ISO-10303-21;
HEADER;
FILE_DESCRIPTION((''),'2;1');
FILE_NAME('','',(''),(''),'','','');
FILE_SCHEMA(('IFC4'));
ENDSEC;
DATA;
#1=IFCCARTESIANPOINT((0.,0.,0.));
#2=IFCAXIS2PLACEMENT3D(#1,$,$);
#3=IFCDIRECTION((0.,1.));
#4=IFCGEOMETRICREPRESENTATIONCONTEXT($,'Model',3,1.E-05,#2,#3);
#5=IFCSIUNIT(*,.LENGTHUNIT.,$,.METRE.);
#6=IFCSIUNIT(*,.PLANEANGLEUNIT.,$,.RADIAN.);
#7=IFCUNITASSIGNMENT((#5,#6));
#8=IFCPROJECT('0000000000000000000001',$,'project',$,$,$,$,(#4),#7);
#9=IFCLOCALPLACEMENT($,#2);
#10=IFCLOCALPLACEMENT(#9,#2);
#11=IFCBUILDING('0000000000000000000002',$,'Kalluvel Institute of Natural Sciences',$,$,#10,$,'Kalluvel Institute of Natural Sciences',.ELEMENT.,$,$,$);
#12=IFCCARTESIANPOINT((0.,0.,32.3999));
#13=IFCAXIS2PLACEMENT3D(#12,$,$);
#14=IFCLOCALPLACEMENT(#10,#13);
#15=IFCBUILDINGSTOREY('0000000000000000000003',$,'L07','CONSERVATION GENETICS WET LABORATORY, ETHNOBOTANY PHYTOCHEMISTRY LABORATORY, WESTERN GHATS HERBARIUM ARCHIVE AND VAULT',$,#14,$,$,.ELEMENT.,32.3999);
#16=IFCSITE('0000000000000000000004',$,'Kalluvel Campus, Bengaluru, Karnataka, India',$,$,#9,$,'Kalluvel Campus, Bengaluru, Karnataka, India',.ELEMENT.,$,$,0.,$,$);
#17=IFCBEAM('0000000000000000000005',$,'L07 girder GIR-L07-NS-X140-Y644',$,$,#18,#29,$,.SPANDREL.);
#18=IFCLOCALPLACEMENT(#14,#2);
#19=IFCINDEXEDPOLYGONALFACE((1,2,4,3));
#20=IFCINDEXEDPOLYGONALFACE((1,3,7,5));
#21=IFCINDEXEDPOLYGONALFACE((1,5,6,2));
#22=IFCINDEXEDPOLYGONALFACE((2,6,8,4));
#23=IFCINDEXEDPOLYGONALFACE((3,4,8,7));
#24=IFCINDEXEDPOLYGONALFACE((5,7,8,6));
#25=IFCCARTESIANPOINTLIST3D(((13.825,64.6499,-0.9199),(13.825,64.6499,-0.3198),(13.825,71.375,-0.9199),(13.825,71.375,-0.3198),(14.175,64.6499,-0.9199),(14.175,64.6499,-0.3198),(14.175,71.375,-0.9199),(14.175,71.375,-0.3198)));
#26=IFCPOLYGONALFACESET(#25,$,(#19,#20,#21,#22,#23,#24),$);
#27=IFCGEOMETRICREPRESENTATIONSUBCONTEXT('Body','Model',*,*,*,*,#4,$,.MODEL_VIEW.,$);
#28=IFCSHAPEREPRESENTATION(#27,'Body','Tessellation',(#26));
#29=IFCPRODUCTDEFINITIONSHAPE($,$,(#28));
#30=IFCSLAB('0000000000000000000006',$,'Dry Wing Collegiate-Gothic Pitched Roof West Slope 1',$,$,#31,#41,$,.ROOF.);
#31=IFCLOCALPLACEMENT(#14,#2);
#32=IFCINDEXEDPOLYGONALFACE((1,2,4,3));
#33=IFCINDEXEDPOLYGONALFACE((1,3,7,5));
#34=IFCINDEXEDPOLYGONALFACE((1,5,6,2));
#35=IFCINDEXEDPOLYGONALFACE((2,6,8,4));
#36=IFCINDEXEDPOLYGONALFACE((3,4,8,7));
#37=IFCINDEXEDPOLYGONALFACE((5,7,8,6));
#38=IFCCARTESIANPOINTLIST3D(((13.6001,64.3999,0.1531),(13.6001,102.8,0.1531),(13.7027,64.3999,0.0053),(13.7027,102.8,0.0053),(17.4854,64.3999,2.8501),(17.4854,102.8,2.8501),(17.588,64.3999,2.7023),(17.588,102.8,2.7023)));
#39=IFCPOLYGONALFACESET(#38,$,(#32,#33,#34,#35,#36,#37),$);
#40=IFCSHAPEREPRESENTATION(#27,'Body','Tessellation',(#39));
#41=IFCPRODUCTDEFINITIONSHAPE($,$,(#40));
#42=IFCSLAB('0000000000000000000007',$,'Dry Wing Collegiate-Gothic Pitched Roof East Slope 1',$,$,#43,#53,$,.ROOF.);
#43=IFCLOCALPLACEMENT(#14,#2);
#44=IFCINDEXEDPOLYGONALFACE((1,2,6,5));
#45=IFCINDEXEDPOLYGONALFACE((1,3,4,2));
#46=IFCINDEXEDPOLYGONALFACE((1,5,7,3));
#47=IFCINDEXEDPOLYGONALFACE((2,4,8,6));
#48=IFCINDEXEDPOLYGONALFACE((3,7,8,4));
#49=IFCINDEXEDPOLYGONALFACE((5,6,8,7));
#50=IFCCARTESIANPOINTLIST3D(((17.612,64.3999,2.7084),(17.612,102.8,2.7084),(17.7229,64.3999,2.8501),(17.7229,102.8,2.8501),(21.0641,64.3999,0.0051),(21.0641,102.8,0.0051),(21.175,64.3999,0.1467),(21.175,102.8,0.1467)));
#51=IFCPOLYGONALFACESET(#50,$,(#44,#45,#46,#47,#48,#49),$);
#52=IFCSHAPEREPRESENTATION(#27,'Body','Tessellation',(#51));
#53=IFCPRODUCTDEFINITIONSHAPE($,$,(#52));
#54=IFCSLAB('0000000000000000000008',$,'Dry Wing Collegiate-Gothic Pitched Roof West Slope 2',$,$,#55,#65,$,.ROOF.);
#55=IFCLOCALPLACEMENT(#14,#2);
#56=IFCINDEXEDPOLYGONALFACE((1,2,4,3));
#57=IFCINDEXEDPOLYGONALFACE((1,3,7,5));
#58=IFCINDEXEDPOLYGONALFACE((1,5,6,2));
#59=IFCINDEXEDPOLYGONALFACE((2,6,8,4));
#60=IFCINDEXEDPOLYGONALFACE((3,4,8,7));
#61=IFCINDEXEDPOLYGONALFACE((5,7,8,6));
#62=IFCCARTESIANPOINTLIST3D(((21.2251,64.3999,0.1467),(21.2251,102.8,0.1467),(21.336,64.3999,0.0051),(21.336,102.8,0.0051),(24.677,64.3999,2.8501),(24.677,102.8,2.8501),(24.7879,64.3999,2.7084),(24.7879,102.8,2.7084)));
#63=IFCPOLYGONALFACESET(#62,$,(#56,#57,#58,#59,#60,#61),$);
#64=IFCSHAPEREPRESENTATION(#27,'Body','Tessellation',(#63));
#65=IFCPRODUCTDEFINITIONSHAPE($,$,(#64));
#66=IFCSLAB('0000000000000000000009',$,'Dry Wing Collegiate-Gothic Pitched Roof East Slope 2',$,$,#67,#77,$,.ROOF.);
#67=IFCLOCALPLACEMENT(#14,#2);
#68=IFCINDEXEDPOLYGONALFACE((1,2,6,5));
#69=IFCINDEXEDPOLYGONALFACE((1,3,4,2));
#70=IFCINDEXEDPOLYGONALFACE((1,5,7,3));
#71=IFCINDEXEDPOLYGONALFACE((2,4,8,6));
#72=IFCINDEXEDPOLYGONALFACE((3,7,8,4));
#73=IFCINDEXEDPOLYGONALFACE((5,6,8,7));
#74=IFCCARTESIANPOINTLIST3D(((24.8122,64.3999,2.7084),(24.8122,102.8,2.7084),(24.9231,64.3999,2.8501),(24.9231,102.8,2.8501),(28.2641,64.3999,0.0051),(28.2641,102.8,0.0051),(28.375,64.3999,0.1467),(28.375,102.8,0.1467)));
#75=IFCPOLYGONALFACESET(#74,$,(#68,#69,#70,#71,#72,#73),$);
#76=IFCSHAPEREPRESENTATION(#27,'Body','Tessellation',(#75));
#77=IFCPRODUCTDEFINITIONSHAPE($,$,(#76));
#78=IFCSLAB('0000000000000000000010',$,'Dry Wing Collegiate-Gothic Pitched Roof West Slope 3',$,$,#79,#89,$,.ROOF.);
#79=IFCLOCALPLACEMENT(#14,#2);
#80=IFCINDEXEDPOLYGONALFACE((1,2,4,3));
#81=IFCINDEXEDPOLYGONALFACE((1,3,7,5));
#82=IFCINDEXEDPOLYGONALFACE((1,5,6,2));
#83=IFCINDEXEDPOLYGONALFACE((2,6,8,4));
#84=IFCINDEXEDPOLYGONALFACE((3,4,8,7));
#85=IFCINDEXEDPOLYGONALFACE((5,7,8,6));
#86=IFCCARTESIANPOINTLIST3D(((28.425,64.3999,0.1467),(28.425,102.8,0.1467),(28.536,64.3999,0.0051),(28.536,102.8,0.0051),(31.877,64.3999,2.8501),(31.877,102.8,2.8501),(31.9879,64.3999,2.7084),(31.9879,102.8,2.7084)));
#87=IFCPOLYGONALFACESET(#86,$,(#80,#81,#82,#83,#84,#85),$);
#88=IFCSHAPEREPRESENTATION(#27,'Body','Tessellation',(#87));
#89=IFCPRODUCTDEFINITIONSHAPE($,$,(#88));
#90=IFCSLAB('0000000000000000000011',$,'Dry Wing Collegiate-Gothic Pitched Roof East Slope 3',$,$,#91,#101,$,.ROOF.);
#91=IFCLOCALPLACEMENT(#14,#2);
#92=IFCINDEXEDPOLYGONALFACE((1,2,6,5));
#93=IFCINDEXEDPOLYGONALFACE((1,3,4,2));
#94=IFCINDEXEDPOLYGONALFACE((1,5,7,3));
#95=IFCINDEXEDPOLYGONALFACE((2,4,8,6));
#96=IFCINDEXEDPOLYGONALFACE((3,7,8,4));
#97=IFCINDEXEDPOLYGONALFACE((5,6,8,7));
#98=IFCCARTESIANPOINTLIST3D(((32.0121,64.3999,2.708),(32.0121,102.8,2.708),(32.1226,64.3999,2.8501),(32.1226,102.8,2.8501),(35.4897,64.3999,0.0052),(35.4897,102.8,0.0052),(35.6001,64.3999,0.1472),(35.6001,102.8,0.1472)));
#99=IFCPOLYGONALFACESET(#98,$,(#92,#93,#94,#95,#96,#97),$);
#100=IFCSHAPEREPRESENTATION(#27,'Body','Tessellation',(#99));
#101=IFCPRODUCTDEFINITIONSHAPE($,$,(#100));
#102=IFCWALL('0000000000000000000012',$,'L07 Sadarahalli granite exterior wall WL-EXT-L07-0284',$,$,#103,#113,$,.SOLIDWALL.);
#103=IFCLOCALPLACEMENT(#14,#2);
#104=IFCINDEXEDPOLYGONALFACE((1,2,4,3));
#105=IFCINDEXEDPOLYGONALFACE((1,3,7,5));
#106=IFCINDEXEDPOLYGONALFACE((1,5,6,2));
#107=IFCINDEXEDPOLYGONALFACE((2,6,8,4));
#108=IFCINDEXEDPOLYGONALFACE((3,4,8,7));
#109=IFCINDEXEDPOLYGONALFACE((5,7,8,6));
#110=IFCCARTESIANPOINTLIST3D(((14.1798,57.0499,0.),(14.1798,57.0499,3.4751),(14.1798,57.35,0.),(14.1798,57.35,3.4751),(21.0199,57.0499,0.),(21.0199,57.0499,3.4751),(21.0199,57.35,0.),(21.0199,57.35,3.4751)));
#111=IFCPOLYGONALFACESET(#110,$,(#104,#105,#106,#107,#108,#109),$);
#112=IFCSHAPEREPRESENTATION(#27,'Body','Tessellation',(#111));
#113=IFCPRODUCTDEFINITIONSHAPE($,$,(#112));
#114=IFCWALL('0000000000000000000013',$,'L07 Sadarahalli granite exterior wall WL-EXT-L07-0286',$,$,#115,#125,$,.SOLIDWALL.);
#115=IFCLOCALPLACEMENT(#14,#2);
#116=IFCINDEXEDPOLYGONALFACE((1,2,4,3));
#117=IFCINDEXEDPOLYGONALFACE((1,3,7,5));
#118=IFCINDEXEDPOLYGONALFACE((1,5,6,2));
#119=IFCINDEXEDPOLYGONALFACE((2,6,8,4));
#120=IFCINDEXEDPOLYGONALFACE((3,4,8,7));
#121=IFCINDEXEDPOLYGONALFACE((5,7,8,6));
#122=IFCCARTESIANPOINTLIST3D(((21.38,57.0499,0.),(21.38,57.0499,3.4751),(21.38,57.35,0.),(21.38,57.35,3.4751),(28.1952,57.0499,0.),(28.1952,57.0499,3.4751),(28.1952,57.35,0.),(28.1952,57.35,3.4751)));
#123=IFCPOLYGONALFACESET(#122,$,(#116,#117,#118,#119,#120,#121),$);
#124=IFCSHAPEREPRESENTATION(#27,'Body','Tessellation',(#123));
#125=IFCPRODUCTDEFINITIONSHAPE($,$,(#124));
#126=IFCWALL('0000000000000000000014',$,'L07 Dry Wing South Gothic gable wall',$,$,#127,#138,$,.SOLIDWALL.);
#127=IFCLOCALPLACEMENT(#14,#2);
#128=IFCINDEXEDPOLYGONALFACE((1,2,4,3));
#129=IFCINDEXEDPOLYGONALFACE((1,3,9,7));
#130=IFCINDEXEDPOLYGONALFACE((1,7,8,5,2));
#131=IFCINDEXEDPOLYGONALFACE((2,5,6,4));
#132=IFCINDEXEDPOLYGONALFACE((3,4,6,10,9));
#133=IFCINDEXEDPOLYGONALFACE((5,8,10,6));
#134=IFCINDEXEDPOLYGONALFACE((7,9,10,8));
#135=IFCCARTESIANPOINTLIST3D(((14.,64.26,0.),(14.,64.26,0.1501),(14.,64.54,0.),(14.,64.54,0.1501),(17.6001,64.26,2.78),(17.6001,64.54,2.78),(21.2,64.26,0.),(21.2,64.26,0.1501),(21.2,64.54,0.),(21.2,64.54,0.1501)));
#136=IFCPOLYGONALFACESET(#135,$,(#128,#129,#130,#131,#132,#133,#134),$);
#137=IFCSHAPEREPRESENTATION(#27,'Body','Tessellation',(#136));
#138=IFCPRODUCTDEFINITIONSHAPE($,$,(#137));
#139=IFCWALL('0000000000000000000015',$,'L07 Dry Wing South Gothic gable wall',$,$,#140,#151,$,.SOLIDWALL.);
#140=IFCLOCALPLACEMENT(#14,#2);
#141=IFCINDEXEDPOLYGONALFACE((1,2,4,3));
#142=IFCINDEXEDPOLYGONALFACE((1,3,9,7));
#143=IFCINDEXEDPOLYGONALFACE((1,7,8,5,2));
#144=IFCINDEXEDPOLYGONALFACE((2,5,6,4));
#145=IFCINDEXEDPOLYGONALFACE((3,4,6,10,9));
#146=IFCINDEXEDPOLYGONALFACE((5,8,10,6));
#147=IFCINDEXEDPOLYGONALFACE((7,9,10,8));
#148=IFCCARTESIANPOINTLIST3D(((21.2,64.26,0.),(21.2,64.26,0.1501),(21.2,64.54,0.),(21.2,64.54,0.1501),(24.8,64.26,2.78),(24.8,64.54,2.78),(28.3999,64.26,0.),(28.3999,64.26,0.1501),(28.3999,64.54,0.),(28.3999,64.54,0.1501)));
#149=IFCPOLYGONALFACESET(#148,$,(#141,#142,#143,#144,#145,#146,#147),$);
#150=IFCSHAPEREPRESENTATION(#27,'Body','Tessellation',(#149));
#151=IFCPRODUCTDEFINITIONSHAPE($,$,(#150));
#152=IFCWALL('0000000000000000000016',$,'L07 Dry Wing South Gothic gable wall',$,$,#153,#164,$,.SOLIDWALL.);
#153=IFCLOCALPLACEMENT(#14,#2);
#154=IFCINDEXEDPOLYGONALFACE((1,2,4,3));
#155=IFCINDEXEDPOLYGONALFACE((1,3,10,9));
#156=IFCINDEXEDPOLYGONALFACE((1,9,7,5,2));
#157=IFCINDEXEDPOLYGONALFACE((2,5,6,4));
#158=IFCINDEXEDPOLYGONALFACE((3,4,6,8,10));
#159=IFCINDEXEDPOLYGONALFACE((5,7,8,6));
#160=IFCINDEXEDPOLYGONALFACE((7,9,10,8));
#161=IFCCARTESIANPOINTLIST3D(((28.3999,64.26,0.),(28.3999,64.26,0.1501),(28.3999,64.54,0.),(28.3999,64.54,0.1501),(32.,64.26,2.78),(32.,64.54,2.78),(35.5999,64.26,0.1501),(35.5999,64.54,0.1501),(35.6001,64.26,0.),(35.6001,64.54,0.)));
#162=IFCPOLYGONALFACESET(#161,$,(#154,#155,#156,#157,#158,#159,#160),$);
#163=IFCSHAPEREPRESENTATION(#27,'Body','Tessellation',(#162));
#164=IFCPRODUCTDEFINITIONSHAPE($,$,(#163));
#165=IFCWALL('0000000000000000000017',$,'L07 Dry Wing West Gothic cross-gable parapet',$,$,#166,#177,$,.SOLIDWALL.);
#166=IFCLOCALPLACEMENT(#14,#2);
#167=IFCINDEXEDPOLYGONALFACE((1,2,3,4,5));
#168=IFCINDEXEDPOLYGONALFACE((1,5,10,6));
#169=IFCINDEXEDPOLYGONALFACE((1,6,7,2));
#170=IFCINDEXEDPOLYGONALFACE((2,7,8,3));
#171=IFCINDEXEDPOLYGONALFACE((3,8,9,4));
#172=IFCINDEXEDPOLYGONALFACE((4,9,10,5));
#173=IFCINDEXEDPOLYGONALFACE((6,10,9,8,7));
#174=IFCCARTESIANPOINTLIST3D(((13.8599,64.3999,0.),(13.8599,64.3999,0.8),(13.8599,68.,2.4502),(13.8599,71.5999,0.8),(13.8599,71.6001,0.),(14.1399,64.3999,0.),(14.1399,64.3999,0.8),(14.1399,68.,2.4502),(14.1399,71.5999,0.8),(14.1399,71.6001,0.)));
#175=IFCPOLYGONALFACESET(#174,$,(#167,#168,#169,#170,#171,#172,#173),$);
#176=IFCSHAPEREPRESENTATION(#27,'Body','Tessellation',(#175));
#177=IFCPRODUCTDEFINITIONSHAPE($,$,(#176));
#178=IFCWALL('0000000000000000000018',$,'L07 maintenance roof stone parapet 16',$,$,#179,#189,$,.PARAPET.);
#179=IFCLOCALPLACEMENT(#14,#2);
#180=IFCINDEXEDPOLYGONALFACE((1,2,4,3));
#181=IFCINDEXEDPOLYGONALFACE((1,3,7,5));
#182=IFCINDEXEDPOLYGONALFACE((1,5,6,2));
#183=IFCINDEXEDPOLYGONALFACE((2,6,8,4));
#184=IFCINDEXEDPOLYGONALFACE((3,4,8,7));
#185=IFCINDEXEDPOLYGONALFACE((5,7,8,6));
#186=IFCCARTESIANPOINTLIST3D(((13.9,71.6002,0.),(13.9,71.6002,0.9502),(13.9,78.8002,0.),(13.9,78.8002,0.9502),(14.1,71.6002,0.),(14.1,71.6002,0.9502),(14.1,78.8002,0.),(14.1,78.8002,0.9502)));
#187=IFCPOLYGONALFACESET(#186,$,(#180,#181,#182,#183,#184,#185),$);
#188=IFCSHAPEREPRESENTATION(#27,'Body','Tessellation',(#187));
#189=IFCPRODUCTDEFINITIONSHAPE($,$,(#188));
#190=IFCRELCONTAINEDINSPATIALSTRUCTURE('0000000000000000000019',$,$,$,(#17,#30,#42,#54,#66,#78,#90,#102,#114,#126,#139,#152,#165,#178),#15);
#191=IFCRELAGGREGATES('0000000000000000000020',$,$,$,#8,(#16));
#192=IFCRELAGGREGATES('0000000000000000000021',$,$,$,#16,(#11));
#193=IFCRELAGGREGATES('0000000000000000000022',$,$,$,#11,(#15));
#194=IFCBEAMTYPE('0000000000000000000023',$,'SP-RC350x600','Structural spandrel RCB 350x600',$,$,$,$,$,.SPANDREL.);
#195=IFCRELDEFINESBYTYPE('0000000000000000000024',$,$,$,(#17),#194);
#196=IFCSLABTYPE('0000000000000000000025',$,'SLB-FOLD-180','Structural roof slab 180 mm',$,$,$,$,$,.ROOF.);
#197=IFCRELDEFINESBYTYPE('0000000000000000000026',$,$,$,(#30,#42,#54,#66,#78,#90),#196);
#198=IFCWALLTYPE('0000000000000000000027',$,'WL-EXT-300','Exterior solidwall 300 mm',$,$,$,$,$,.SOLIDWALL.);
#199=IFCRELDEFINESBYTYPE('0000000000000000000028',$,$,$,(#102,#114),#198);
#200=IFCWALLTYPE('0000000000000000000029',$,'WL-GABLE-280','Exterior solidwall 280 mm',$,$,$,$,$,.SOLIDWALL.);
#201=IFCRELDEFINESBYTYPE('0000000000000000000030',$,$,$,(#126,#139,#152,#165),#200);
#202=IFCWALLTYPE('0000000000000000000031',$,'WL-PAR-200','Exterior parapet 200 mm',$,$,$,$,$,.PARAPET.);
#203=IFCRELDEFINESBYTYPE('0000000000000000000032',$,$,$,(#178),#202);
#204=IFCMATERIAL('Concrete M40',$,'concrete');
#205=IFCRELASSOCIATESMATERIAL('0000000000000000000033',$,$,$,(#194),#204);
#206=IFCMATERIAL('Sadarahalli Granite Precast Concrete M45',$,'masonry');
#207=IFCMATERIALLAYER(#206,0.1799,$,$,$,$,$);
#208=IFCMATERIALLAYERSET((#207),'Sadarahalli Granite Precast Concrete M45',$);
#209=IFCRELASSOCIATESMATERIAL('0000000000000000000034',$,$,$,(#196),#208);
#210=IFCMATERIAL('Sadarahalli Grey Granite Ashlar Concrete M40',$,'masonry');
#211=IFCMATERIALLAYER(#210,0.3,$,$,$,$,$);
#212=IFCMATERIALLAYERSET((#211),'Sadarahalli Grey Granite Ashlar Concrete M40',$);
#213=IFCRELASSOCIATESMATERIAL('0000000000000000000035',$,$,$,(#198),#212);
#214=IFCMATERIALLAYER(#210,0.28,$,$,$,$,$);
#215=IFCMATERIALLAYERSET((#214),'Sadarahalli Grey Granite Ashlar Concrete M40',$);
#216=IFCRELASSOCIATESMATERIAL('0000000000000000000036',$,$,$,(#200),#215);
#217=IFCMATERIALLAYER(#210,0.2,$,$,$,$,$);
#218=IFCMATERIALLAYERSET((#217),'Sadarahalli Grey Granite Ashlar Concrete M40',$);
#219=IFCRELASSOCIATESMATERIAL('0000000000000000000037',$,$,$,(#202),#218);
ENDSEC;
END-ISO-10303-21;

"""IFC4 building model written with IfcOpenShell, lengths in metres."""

from ifc_helpers import new_model, si_unit, direction, frame, frame_2d, origin, origin_2d, place, context, subcontext, project, spatial, polyline, rectangle, outline, extrude, material, layer, layer_set, material_profile, profile_set, type_object, element, save


model = new_model("IFC4")

# Units and contexts
model_context = context("Model", 3, precision=1e-05, world=origin(), true_north=direction((0.0, 1.0)))
body_context = subcontext(model_context, "Body", "Model", "MODEL_VIEW")
ifc_project = project(units=[si_unit("LENGTHUNIT", "METRE"), si_unit("PLANEANGLEUNIT", "RADIAN")], contexts=[model_context])

# Site, building, storey
site_placement = place(None, origin())
site = spatial("IfcSite", under=ifc_project, at=site_placement, Name="Kalluvel Campus, Bengaluru, Karnataka, India", LongName="Kalluvel Campus, Bengaluru, Karnataka, India", CompositionType="ELEMENT", RefElevation=0.0)
building_placement = place(site_placement, origin())
building = spatial("IfcBuilding", under=site, at=building_placement, Name="Kalluvel Institute of Natural Sciences", LongName="Kalluvel Institute of Natural Sciences", CompositionType="ELEMENT")
storey_placement = place(building_placement, frame((0.0, 0.0, 32.3999)))
storey = spatial("IfcBuildingStorey", under=building, at=storey_placement, Name="L07", Description="CONSERVATION GENETICS WET LABORATORY, ETHNOBOTANY PHYTOCHEMISTRY LABORATORY, WESTERN GHATS HERBARIUM ARCHIVE AND VAULT", CompositionType="ELEMENT", Elevation=32.3999)

# Shared definitions
ifc_material_1 = material(Name="Concrete M40", Category="concrete")

# Beam
ifc_material_profile_1 = material_profile(ifc_material_1, rectangle(XDim=0.3501, YDim=0.6001, at=origin_2d()), Name="RCB 350x600")
ifc_profile_set_1 = profile_set([ifc_material_profile_1], Name="Concrete M40")
beam_type_1 = type_object("IfcBeamType", Name="SP-RC350x600", Description="Structural spandrel RCB 350x600", PredefinedType="SPANDREL", material=ifc_profile_set_1)
beam_1_placement = place(storey_placement, frame((14.0, 64.6499, -0.6199), z_axis=(0.0, 1.0, 0.0), x_axis=(-1.0, 0.0, 0.0)))
element("IfcBeam", 1, at=beam_1_placement, inside=storey, type_object=beam_type_1, Name="L07 girder GIR-L07-NS-X140-Y644", PredefinedType="SPANDREL", context=body_context, shape_type="SweptSolid", body=[
    extrude(rectangle(XDim=0.3501, YDim=0.6001, at=origin_2d()), origin(), (0.0, 0.0, 1.0), 6.7251),
])

# Slabs
ifc_material_2 = material(Name="Sadarahalli Granite Precast Concrete M45", Category="masonry")
ifc_layer_1 = layer(ifc_material_2, 0.1799)
ifc_layer_set_1 = layer_set([ifc_layer_1], Name="Sadarahalli Granite Precast Concrete M45")
slab_type = type_object("IfcSlabType", Name="SLB-FOLD-180", Description="Structural roof slab 180 mm", PredefinedType="ROOF", material=ifc_layer_set_1)
slab_1_placement = place(storey_placement, frame((13.6001, 64.3999, 0.1531), z_axis=(-0.570243, 0.0, 0.821476), x_axis=(0.821476, 0.0, 0.570243)))
element("IfcSlab", 2, at=slab_1_placement, inside=storey, type_object=slab_type, Name="Dry Wing Collegiate-Gothic Pitched Roof West Slope 1", PredefinedType="ROOF", context=body_context, shape_type="SweptSolid", body=[
    extrude(outline(polyline([(0.0, 0.0), (4.7296, 0.0), (4.7296, 38.4001), (0.0, 38.4001), (0.0, 0.0)])), origin(), (0.0, 0.0, -1.0), 0.1799),
])
slab_2_placement = place(storey_placement, frame((17.7229, 64.3999, 2.8501), z_axis=(0.616547, 0.0, 0.787318), x_axis=(0.787318, 0.0, -0.616547)))
element("IfcSlab", 3, at=slab_2_placement, inside=storey, type_object=slab_type, Name="Dry Wing Collegiate-Gothic Pitched Roof East Slope 1", PredefinedType="ROOF", context=body_context, shape_type="SweptSolid", body=[
    extrude(outline(polyline([(0.0, 0.0), (4.3847, 0.0), (4.3847, 38.4001), (0.0, 38.4001), (0.0, 0.0)])), origin(), (0.0, 0.0, -1.0), 0.1799),
])
for number, where, z_axis, x_axis, name in (
    (4, (21.2251, 64.3999, 0.1467), (-0.616574, 0.0, 0.787297), (0.787297, 0.0, 0.616574), "Dry Wing Collegiate-Gothic Pitched Roof West Slope 2"),
    (5, (24.9231, 64.3999, 2.8501), (0.616574, 0.0, 0.787297), (0.787297, 0.0, -0.616574), "Dry Wing Collegiate-Gothic Pitched Roof East Slope 2"),
    (6, (28.425, 64.3999, 0.1467), (-0.616574, 0.0, 0.787297), (0.787297, 0.0, 0.616574), "Dry Wing Collegiate-Gothic Pitched Roof West Slope 3"),
):
    element("IfcSlab", number, at=place(storey_placement, frame(where, z_axis=z_axis, x_axis=x_axis)), inside=storey, type_object=slab_type, Name=name, PredefinedType="ROOF", context=body_context, shape_type="SweptSolid", body=[
        extrude(outline(polyline([(0.0, 0.0), (4.3845, 0.0), (4.3845, 38.4001), (0.0, 38.4001), (0.0, 0.0)])), origin(), (0.0, 0.0, -1.0), 0.1799),
    ])
slab_3_placement = place(storey_placement, frame((32.1226, 64.3999, 2.8501), z_axis=(0.613676, 0.0, 0.789558), x_axis=(0.789558, 0.0, -0.613676)))
element("IfcSlab", 7, at=slab_3_placement, inside=storey, type_object=slab_type, Name="Dry Wing Collegiate-Gothic Pitched Roof East Slope 3", PredefinedType="ROOF", context=body_context, shape_type="SweptSolid", body=[
    extrude(outline(polyline([(0.0, 0.0), (4.4044, 0.0), (4.4044, 38.4001), (0.0, 38.4001), (0.0, 0.0)])), origin(), (0.0, 0.0, -1.0), 0.1799),
])

# Walls
ifc_material_3 = material(Name="Sadarahalli Grey Granite Ashlar Concrete M40", Category="masonry")
ifc_layer_2 = layer(ifc_material_3, 0.3)
ifc_layer_set_2 = layer_set([ifc_layer_2], Name="Sadarahalli Grey Granite Ashlar Concrete M40")
wall_type_1 = type_object("IfcWallType", Name="WL-EXT-300", Description="Exterior solidwall 300 mm", PredefinedType="SOLIDWALL", material=ifc_layer_set_2)
wall_1_placement = place(storey_placement, frame((14.1799, 57.2, 0.0), z_axis=(0.0, 0.0, 1.0), x_axis=(1.0, 0.0, 0.0)))
element("IfcWall", 8, at=wall_1_placement, inside=storey, type_object=wall_type_1, Name="L07 Sadarahalli granite exterior wall WL-EXT-L07-0284", PredefinedType="SOLIDWALL", context=body_context, shape_type="SweptSolid", body=[
    extrude(rectangle(XDim=6.8401, YDim=0.3, at=frame_2d((3.4199, 0.0))), origin(), (0.0, 0.0, 1.0), 3.4751),
])
wall_2_placement = place(storey_placement, frame((21.3799, 57.2, 0.0), z_axis=(0.0, 0.0, 1.0), x_axis=(1.0, 0.0, 0.0)))
element("IfcWall", 9, at=wall_2_placement, inside=storey, type_object=wall_type_1, Name="L07 Sadarahalli granite exterior wall WL-EXT-L07-0286", PredefinedType="SOLIDWALL", context=body_context, shape_type="SweptSolid", body=[
    extrude(rectangle(XDim=6.8152, YDim=0.3, at=frame_2d((3.4077, 0.0))), origin(), (0.0, 0.0, 1.0), 3.4751),
])
ifc_layer_3 = layer(ifc_material_3, 0.28)
ifc_layer_set_3 = layer_set([ifc_layer_3], Name="Sadarahalli Grey Granite Ashlar Concrete M40")
wall_type_2 = type_object("IfcWallType", Name="WL-GABLE-280", Description="Exterior solidwall 280 mm", PredefinedType="SOLIDWALL", material=ifc_layer_set_3)
for number, where, z_axis, x_axis, name in (
    (10, (14.0, 64.3999, 0.0), (0.0, 0.0, 1.0), (1.0, 0.0, 0.0), "L07 Dry Wing South Gothic gable wall"),
    (11, (21.2, 64.3999, 0.0), (0.0, 0.0, 1.0), (1.0, 0.0, 0.0), "L07 Dry Wing South Gothic gable wall"),
):
    element("IfcWall", number, at=place(storey_placement, frame(where, z_axis=z_axis, x_axis=x_axis)), inside=storey, type_object=wall_type_2, Name=name, PredefinedType="SOLIDWALL", context=body_context, shape_type="SweptSolid", body=[
        extrude(outline(polyline([(0.0, 0.0), (7.2, 0.0), (7.2, 0.1501), (3.6001, 2.78), (0.0, 0.1501), (0.0, 0.0)])), frame((0.0, 0.1401, 0.0), z_axis=(0.0, -1.0, 0.0), x_axis=(1.0, 0.0, 0.0)), (0.0, 0.0, 1.0), 0.28),
    ])
wall_3_placement = place(storey_placement, frame((28.3999, 64.3999, 0.0), z_axis=(0.0, 0.0, 1.0), x_axis=(1.0, 0.0, 0.0)))
element("IfcWall", 12, at=wall_3_placement, inside=storey, type_object=wall_type_2, Name="L07 Dry Wing South Gothic gable wall", PredefinedType="SOLIDWALL", context=body_context, shape_type="SweptSolid", body=[
    extrude(outline(polyline([(0.0, 0.0), (7.2002, 0.0), (7.2, 0.1501), (3.6001, 2.78), (0.0, 0.1501), (0.0, 0.0)])), frame((0.0, 0.1401, 0.0), z_axis=(0.0, -1.0, 0.0), x_axis=(1.0, 0.0, 0.0)), (0.0, 0.0, 1.0), 0.28),
])
wall_4_placement = place(storey_placement, frame((14.0, 64.3999, 0.0), z_axis=(0.0, 0.0, 1.0), x_axis=(0.0, 1.0, 0.0)))
element("IfcWall", 13, at=wall_4_placement, inside=storey, type_object=wall_type_2, Name="L07 Dry Wing West Gothic cross-gable parapet", PredefinedType="SOLIDWALL", context=body_context, shape_type="SweptSolid", body=[
    extrude(outline(polyline([(0.0, 0.0), (7.2002, 0.0), (7.2, 0.8), (3.6001, 2.4502), (0.0, 0.8), (0.0, 0.0)])), frame((0.0, 0.1401, 0.0), z_axis=(0.0, -1.0, 0.0), x_axis=(1.0, 0.0, 0.0)), (0.0, 0.0, 1.0), 0.28),
])
ifc_layer_4 = layer(ifc_material_3, 0.2)
ifc_layer_set_4 = layer_set([ifc_layer_4], Name="Sadarahalli Grey Granite Ashlar Concrete M40")
wall_type_3 = type_object("IfcWallType", Name="WL-PAR-200", Description="Exterior parapet 200 mm", PredefinedType="PARAPET", material=ifc_layer_set_4)
wall_5_placement = place(storey_placement, frame((14.0, 71.6001, 0.0), z_axis=(0.0, 0.0, 1.0), x_axis=(0.0, 1.0, 0.0)))
element("IfcWall", 14, at=wall_5_placement, inside=storey, type_object=wall_type_3, Name="L07 maintenance roof stone parapet 16", PredefinedType="PARAPET", context=body_context, shape_type="SweptSolid", body=[
    extrude(rectangle(XDim=7.2, YDim=0.2, at=frame_2d((3.6001, 0.0))), origin(), (0.0, 0.0, 1.0), 0.9502),
])

save(model, "model.ifc")
